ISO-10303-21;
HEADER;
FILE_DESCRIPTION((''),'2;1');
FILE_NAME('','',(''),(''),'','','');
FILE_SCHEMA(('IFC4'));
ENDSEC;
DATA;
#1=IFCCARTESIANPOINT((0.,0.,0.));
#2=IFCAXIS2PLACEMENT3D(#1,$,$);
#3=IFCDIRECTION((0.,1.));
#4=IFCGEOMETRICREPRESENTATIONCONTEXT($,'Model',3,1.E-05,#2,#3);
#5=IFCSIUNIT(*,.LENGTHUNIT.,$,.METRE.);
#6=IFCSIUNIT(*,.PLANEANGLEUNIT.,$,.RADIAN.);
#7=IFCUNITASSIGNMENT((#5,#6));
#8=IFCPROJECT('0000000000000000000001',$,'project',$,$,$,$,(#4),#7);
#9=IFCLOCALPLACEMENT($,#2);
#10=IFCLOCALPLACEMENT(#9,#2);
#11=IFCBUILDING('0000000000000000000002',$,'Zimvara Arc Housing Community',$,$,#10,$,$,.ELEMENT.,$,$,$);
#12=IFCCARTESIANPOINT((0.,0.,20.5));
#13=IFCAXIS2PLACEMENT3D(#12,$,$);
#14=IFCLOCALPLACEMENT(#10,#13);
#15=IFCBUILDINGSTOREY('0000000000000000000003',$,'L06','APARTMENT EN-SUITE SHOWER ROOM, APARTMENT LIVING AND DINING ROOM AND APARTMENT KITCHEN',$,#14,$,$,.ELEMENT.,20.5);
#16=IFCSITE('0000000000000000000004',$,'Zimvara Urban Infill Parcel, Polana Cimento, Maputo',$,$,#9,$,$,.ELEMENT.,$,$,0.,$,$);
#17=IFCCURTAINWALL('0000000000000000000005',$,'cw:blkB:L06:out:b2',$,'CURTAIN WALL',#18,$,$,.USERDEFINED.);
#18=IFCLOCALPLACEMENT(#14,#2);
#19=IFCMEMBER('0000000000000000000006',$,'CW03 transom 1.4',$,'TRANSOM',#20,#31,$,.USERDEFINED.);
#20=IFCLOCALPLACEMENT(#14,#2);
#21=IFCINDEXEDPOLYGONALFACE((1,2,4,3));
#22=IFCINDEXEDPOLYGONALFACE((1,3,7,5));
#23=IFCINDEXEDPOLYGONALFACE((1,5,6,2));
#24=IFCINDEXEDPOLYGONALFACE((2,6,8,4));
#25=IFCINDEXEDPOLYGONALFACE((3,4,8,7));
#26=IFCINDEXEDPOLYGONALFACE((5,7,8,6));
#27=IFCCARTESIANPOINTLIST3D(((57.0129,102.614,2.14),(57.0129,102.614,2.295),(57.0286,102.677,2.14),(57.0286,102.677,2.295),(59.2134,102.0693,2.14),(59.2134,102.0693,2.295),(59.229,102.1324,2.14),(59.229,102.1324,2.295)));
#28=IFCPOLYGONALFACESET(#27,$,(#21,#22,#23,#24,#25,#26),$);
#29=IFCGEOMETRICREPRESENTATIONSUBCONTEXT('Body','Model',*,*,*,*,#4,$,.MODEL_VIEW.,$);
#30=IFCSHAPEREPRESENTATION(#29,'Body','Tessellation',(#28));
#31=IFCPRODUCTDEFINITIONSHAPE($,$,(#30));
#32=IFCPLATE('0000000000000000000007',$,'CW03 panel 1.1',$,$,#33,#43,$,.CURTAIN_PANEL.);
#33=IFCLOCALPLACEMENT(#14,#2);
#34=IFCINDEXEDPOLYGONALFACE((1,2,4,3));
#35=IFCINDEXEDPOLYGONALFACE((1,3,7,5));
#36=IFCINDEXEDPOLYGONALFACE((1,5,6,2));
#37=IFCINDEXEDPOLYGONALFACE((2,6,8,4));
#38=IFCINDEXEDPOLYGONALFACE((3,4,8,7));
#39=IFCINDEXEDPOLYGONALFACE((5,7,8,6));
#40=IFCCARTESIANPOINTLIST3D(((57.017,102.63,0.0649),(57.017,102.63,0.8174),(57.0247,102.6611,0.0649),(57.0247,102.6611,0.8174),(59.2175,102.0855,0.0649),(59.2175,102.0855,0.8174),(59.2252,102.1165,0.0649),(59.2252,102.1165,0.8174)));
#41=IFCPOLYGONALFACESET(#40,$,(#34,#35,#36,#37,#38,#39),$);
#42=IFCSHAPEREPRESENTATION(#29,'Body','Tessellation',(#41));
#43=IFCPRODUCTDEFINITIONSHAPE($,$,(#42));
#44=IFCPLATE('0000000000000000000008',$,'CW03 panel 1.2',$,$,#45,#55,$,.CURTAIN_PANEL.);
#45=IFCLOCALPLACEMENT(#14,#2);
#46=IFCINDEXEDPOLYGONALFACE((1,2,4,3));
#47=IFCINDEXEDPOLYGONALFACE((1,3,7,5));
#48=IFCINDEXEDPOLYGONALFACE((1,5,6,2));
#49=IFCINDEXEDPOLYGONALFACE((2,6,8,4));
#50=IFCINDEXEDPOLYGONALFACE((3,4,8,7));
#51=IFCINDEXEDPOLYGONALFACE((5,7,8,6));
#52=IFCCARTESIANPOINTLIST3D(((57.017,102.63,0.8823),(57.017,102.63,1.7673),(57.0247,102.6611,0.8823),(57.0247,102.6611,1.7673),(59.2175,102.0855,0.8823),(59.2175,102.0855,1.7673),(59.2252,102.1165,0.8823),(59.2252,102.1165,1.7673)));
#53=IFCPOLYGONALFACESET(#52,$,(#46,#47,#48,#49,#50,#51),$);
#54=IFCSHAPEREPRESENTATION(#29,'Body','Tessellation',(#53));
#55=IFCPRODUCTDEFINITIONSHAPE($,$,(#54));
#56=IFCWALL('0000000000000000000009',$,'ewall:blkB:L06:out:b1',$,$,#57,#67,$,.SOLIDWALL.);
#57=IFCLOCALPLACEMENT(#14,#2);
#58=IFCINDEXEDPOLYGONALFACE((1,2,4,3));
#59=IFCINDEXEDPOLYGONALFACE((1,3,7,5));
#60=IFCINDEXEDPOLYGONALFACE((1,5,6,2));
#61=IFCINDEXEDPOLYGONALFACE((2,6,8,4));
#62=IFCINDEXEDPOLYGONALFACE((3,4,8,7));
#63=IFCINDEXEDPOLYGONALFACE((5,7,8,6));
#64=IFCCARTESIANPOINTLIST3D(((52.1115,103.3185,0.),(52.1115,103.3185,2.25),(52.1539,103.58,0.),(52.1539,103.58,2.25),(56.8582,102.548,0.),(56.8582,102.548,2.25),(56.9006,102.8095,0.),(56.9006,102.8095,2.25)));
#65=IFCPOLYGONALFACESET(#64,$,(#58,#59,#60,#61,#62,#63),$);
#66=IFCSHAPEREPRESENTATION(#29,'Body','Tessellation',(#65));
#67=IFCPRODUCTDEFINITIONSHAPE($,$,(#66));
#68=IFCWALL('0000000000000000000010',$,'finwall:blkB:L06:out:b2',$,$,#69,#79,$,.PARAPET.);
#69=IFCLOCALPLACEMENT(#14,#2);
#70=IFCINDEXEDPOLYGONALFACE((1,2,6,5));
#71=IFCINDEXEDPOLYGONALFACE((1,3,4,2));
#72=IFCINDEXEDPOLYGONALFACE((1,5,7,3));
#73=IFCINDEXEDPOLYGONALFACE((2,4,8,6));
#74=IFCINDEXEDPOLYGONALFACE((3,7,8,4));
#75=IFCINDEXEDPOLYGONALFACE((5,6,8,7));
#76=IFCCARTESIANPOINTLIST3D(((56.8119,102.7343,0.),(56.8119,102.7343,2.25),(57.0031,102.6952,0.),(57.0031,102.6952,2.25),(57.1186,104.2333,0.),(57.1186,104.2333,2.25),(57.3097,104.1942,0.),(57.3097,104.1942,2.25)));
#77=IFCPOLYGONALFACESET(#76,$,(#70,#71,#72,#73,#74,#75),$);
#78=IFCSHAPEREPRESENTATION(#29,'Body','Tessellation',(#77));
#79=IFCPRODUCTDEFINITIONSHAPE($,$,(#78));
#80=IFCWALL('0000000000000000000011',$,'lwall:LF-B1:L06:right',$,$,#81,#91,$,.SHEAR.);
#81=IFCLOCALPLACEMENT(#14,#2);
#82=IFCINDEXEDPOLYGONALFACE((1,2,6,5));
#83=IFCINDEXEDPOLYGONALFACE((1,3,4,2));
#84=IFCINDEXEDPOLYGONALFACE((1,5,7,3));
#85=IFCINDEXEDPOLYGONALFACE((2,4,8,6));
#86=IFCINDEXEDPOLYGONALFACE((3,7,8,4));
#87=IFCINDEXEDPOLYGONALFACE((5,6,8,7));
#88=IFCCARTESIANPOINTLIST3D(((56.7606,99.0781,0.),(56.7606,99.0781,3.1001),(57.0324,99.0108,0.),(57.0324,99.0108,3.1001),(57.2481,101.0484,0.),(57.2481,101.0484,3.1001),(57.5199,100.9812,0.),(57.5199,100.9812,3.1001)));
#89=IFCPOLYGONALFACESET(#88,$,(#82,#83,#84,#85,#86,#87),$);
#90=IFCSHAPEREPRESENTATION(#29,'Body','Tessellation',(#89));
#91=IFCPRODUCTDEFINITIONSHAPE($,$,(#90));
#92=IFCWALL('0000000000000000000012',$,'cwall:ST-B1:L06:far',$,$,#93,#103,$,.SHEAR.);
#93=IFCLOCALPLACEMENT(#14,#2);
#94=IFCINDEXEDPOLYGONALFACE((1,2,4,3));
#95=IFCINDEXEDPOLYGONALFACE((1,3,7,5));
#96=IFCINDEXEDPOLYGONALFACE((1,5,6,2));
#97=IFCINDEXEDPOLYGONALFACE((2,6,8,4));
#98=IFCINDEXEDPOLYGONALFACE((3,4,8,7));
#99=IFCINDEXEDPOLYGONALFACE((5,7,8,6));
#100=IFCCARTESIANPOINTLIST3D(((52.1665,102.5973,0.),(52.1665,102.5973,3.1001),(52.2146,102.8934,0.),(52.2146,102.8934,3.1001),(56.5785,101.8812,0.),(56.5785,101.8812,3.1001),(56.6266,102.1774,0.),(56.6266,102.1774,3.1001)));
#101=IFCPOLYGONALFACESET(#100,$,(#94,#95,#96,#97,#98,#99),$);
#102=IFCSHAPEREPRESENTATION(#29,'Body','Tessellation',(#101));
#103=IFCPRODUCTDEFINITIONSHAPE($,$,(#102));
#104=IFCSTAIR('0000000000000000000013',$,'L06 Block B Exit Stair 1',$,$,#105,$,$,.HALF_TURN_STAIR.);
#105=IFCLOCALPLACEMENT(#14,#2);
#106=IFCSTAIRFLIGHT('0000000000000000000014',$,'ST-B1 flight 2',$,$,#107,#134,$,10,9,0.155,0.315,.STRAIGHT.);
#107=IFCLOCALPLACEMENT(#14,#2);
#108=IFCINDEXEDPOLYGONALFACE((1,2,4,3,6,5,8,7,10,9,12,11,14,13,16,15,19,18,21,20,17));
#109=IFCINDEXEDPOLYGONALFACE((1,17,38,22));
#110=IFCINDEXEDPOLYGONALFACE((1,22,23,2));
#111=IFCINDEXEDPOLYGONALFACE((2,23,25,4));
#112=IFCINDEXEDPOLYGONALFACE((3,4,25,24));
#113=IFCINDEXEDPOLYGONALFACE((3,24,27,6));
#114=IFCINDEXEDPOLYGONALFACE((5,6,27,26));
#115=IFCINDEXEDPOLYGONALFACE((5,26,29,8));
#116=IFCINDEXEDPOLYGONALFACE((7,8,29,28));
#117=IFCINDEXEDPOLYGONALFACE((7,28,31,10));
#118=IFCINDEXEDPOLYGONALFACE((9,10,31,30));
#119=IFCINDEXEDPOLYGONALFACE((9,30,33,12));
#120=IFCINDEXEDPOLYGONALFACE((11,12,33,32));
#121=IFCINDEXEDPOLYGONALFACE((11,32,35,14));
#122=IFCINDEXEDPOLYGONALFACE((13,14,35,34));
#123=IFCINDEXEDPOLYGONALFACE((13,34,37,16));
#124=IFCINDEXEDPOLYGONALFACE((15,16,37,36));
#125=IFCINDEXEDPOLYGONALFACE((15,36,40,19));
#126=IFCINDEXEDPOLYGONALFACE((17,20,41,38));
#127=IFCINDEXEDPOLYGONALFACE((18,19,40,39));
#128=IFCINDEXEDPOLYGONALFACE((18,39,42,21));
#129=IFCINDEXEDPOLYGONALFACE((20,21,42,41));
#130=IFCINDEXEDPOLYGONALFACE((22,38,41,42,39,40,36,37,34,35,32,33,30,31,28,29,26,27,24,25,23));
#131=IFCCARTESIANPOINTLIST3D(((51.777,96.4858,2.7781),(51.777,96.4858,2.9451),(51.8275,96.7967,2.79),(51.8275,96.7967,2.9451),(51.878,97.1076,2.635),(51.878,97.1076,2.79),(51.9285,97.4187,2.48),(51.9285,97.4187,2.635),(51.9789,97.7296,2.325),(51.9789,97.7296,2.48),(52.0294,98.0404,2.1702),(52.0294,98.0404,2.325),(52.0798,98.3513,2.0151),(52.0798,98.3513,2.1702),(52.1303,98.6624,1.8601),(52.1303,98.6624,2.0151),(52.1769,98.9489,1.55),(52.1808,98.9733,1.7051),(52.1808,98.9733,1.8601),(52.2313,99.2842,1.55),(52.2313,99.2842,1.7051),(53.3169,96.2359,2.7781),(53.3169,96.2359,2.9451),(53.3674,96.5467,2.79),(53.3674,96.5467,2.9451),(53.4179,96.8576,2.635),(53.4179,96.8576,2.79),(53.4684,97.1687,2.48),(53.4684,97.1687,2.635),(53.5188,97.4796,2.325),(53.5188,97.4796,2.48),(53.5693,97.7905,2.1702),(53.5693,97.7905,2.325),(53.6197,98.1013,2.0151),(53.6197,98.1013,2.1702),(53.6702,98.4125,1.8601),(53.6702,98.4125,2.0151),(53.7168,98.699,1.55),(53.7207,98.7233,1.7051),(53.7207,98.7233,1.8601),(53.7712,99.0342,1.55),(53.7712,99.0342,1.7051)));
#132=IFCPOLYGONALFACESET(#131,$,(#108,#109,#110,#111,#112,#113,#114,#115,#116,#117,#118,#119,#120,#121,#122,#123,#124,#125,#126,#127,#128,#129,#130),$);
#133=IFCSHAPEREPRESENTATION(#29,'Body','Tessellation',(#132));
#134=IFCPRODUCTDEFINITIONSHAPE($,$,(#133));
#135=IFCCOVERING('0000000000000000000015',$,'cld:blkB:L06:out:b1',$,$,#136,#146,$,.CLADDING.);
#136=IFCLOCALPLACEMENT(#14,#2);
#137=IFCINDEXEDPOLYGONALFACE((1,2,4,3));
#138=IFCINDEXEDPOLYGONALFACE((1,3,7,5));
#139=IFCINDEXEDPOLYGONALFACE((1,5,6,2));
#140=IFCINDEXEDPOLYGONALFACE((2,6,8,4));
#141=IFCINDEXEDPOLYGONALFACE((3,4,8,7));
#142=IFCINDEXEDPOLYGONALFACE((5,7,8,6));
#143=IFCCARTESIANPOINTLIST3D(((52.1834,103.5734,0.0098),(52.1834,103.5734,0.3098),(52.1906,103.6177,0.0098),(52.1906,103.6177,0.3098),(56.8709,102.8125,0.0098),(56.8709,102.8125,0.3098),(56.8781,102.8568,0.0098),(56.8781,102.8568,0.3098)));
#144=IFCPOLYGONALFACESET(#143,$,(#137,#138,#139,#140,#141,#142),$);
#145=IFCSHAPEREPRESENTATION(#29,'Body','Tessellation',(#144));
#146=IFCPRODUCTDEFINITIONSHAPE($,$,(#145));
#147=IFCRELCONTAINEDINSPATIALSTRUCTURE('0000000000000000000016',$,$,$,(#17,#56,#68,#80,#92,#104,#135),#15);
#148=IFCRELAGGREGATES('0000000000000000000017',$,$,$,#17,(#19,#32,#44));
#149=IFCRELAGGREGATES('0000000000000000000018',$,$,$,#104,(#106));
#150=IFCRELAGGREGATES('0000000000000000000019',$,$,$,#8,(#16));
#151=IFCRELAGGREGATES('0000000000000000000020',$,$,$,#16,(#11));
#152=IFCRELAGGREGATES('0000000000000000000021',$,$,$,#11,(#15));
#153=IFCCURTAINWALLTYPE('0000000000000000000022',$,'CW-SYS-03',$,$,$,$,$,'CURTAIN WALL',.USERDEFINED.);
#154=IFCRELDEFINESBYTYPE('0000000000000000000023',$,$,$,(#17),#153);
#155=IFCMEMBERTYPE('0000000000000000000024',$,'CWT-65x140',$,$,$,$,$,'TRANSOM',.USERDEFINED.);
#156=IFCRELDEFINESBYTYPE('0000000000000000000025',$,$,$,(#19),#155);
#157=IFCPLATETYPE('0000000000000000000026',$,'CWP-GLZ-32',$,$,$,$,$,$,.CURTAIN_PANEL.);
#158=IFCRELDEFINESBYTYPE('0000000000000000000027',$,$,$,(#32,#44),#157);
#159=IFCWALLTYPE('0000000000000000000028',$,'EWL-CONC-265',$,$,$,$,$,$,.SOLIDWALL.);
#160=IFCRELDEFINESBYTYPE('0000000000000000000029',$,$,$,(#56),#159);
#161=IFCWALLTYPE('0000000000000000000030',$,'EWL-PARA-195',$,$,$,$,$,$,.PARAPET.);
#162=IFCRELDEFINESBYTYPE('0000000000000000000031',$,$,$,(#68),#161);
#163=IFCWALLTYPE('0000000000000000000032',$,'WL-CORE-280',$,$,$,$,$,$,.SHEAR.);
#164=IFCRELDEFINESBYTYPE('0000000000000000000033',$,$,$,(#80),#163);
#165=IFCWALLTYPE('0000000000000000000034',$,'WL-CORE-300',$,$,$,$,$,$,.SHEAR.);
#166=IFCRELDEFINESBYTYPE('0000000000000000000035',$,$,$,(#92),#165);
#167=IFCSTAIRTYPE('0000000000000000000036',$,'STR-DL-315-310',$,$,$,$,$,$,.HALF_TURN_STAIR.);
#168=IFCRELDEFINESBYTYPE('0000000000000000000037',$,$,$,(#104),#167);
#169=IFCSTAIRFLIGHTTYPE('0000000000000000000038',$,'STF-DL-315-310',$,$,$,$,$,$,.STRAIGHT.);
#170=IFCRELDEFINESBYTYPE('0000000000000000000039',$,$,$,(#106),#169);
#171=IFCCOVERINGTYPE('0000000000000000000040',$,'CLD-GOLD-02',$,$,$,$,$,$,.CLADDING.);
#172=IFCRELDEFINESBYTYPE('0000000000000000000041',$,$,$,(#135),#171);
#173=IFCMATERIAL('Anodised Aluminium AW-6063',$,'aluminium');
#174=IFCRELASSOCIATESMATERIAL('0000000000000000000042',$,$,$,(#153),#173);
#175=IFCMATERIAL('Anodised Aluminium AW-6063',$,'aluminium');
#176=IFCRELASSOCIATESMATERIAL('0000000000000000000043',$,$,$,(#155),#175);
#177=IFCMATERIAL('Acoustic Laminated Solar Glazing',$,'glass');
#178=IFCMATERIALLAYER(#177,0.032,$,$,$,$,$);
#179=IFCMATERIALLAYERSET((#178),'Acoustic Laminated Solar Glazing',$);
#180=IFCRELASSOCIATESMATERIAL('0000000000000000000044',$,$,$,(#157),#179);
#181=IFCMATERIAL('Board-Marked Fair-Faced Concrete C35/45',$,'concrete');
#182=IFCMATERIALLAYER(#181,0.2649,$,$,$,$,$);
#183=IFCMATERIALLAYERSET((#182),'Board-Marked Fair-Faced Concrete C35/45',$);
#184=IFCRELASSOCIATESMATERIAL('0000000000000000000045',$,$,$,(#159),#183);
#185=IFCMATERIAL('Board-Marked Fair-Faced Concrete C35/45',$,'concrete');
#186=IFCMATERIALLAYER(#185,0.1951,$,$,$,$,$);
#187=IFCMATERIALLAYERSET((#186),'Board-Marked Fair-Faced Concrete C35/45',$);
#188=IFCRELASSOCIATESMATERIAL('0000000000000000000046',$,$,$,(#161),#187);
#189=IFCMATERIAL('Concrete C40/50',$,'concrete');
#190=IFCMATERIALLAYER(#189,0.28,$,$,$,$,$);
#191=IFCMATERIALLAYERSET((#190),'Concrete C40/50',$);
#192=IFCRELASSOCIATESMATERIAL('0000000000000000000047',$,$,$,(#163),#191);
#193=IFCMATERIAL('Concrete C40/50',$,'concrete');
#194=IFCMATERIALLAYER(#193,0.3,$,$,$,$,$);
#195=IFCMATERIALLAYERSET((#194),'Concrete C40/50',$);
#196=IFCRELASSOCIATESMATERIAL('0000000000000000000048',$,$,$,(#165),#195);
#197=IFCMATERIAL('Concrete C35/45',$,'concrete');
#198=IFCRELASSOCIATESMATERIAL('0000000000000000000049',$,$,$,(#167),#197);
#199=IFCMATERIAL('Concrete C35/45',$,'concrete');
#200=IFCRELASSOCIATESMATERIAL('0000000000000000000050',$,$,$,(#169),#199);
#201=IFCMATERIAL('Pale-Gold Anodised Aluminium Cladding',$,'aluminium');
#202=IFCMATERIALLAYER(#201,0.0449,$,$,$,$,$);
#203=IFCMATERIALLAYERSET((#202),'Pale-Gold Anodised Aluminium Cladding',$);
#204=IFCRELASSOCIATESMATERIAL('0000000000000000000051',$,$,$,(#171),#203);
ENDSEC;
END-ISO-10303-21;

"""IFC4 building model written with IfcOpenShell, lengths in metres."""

from ifc_helpers import new_model, si_unit, direction, frame, frame_2d, origin, origin_2d, place, context, subcontext, project, spatial, polyline, rectangle, outline, extrude, material, layer, layer_set, material_profile, profile_set, type_object, element, aggregate, save


model = new_model("IFC4")

# Units and contexts
model_context = context("Model", 3, precision=1e-05, world=origin(), true_north=direction((0.0, 1.0)))
body_context = subcontext(model_context, "Body", "Model", "MODEL_VIEW")
ifc_project = project(units=[si_unit("LENGTHUNIT", "METRE"), si_unit("PLANEANGLEUNIT", "RADIAN")], contexts=[model_context])

# Site, building, storey
site_placement = place(None, origin())
site = spatial("IfcSite", under=ifc_project, at=site_placement, Name="Zimvara Urban Infill Parcel, Polana Cimento, Maputo", CompositionType="ELEMENT", RefElevation=0.0)
building_placement = place(site_placement, origin())
building = spatial("IfcBuilding", under=site, at=building_placement, Name="Zimvara Arc Housing Community", CompositionType="ELEMENT")
storey_placement = place(building_placement, frame((0.0, 0.0, 20.5)))
storey = spatial("IfcBuildingStorey", under=building, at=storey_placement, Name="L06", Description="APARTMENT EN-SUITE SHOWER ROOM, APARTMENT LIVING AND DINING ROOM AND APARTMENT KITCHEN", CompositionType="ELEMENT", Elevation=20.5)

# Curtain wall, member, plates
ifc_material_1 = material(Name="Anodised Aluminium AW-6063", Category="aluminium")
curtain_wall_type_1 = type_object("IfcCurtainWallType", Name="CW-SYS-03", ElementType="CURTAIN WALL", PredefinedType="USERDEFINED", material=ifc_material_1)
curtain_wall_1_placement = place(storey_placement, origin())
curtain_wall_1 = element("IfcCurtainWall", 1, at=curtain_wall_1_placement, inside=storey, type_object=curtain_wall_type_1, Name="cw:blkB:L06:out:b2", ObjectType="CURTAIN WALL", PredefinedType="USERDEFINED")
ifc_material_2 = material(Name="Anodised Aluminium AW-6063", Category="aluminium")
ifc_material_profile_1 = material_profile(ifc_material_2, rectangle(XDim=0.0649, YDim=0.155, at=origin_2d()), Name="ALU 65x155")
ifc_profile_set_1 = profile_set([ifc_material_profile_1], Name="Anodised Aluminium AW-6063")
member_type_1 = type_object("IfcMemberType", Name="CWT-65x140", ElementType="TRANSOM", PredefinedType="USERDEFINED", material=ifc_profile_set_1)
member_1_placement = place(storey_placement, frame((57.0208, 102.6455, 2.2175), z_axis=(0.970704, -0.24028, 0.0), x_axis=(0.24028, 0.970704, 0.0)))
member_1 = element("IfcMember", 2, at=member_1_placement, type_object=member_type_1, Name="CW03 transom 1.4", ObjectType="TRANSOM", PredefinedType="USERDEFINED", context=body_context, shape_type="SweptSolid", body=[
    extrude(rectangle(XDim=0.0649, YDim=0.155, at=origin_2d()), origin(), (0.0, 0.0, 1.0), 2.2668),
])
ifc_material_3 = material(Name="Acoustic Laminated Solar Glazing", Category="glass")
ifc_layer_1 = layer(ifc_material_3, 0.032)
ifc_layer_set_1 = layer_set([ifc_layer_1], Name="Acoustic Laminated Solar Glazing")
plate_type = type_object("IfcPlateType", Name="CWP-GLZ-32", PredefinedType="CURTAIN_PANEL", material=ifc_layer_set_1)
plate_1_placement = place(storey_placement, frame((58.1211, 102.3733, 0.0649), z_axis=(0.0, 0.0, 1.0), x_axis=(0.970716, -0.24023, 0.0)))
plate_1 = element("IfcPlate", 3, at=plate_1_placement, type_object=plate_type, Name="CW03 panel 1.1", PredefinedType="CURTAIN_PANEL", context=body_context, shape_type="SweptSolid", body=[
    extrude(rectangle(XDim=2.2668, YDim=0.032, at=origin_2d()), origin(), (0.0, 0.0, 1.0), 0.7524),
])
plate_2_placement = place(storey_placement, frame((58.1211, 102.3733, 0.8823), z_axis=(0.0, 0.0, 1.0), x_axis=(0.970716, -0.24023, 0.0)))
plate_2 = element("IfcPlate", 4, at=plate_2_placement, type_object=plate_type, Name="CW03 panel 1.2", PredefinedType="CURTAIN_PANEL", context=body_context, shape_type="SweptSolid", body=[
    extrude(rectangle(XDim=2.2668, YDim=0.032, at=origin_2d()), origin(), (0.0, 0.0, 1.0), 0.885),
])
aggregate(curtain_wall_1, [member_1, plate_1, plate_2])

# Walls
ifc_material_4 = material(Name="Board-Marked Fair-Faced Concrete C35/45", Category="concrete")
ifc_layer_2 = layer(ifc_material_4, 0.2649)
ifc_layer_set_2 = layer_set([ifc_layer_2], Name="Board-Marked Fair-Faced Concrete C35/45")
wall_type_1 = type_object("IfcWallType", Name="EWL-CONC-265", PredefinedType="SOLIDWALL", material=ifc_layer_set_2)
wall_1_placement = place(storey_placement, frame((52.1328, 103.4492, 0.0), z_axis=(0.0, 0.0, 1.0), x_axis=(0.987081, -0.160224, 0.0)))
element("IfcWall", 5, at=wall_1_placement, inside=storey, type_object=wall_type_1, Name="ewall:blkB:L06:out:b1", PredefinedType="SOLIDWALL", context=body_context, shape_type="SweptSolid", body=[
    extrude(rectangle(XDim=4.8088, YDim=0.2649, at=frame_2d((2.4043, 0.0))), origin(), (0.0, 0.0, 1.0), 2.25),
])
ifc_material_5 = material(Name="Board-Marked Fair-Faced Concrete C35/45", Category="concrete")
ifc_layer_3 = layer(ifc_material_5, 0.1951)
ifc_layer_set_3 = layer_set([ifc_layer_3], Name="Board-Marked Fair-Faced Concrete C35/45")
wall_type_2 = type_object("IfcWallType", Name="EWL-PARA-195", PredefinedType="PARAPET", material=ifc_layer_set_3)
wall_2_placement = place(storey_placement, frame((56.9075, 102.7146, 0.0), z_axis=(0.0, 0.0, 1.0), x_axis=(0.20041, 0.979712, 0.0)))
element("IfcWall", 6, at=wall_2_placement, inside=storey, type_object=wall_type_2, Name="finwall:blkB:L06:out:b2", PredefinedType="PARAPET", context=body_context, shape_type="SweptSolid", body=[
    extrude(rectangle(XDim=1.53, YDim=0.1951, at=frame_2d((0.7651, 0.0))), origin(), (0.0, 0.0, 1.0), 2.25),
])
ifc_material_6 = material(Name="Concrete C40/50", Category="concrete")
ifc_layer_4 = layer(ifc_material_6, 0.28)
ifc_layer_set_4 = layer_set([ifc_layer_4], Name="Concrete C40/50")
wall_type_3 = type_object("IfcWallType", Name="WL-CORE-280", PredefinedType="SHEAR", material=ifc_layer_set_4)
wall_3_placement = place(storey_placement, frame((56.8965, 99.0444, 0.0), z_axis=(0.0, 0.0, 1.0), x_axis=(0.240186, 0.970727, 0.0)))
element("IfcWall", 7, at=wall_3_placement, inside=storey, type_object=wall_type_3, Name="lwall:LF-B1:L06:right", PredefinedType="SHEAR", context=body_context, shape_type="SweptSolid", body=[
    extrude(rectangle(XDim=2.0298, YDim=0.28, at=frame_2d((1.0149, 0.0))), origin(), (0.0, 0.0, 1.0), 3.1001),
])
ifc_material_7 = material(Name="Concrete C40/50", Category="concrete")
ifc_layer_5 = layer(ifc_material_7, 0.3)
ifc_layer_set_5 = layer_set([ifc_layer_5], Name="Concrete C40/50")
wall_type_4 = type_object("IfcWallType", Name="WL-CORE-300", PredefinedType="SHEAR", material=ifc_layer_set_5)
wall_4_placement = place(storey_placement, frame((56.6025, 102.0293, 0.0), z_axis=(0.0, 0.0, 1.0), x_axis=(-0.987085, 0.160199, 0.0)))
element("IfcWall", 8, at=wall_4_placement, inside=storey, type_object=wall_type_4, Name="cwall:ST-B1:L06:far", PredefinedType="SHEAR", context=body_context, shape_type="SweptSolid", body=[
    extrude(rectangle(XDim=4.4697, YDim=0.3, at=frame_2d((2.2349, 0.0))), origin(), (0.0, 0.0, 1.0), 3.1001),
])

# Stair, stair flight
ifc_material_8 = material(Name="Concrete C35/45", Category="concrete")
stair_type = type_object("IfcStairType", Name="STR-DL-315-310", PredefinedType="HALF_TURN_STAIR", material=ifc_material_8)
stair_placement = place(storey_placement, origin())
stair = element("IfcStair", 9, at=stair_placement, inside=storey, type_object=stair_type, Name="L06 Block B Exit Stair 1", PredefinedType="HALF_TURN_STAIR")
ifc_material_9 = material(Name="Concrete C35/45", Category="concrete")
stair_flight_type = type_object("IfcStairFlightType", Name="STF-DL-315-310", PredefinedType="STRAIGHT", material=ifc_material_9)
stair_flight_placement = place(storey_placement, frame((53.0012, 99.1592, 1.55), z_axis=(0.0, 0.0, 1.0), x_axis=(-0.160226, -0.98708, 0.0)))
stair_flight = element("IfcStairFlight", 10, at=stair_flight_placement, type_object=stair_flight_type, Name="ST-B1 flight 2", NumberOfRisers=10, NumberOfTreads=9, PredefinedType="STRAIGHT", RiserHeight=0.155, TreadLength=0.315, context=body_context, shape_type="SweptSolid", body=[
    extrude(outline(polyline([(0.0, 0.0), (0.0, 0.155), (0.3149, 0.155), (0.3149, 0.3101), (0.6299, 0.3101), (0.6299, 0.4651), (0.9451, 0.4651), (0.9451, 0.6201), (1.26, 0.6201), (1.26, 0.7749), (1.575, 0.7749), (1.575, 0.9299), (1.8899, 0.9299), (1.8899, 1.085), (2.2051, 1.085), (2.2051, 1.24), (2.52, 1.24), (2.52, 1.395), (2.835, 1.395), (2.835, 1.55), (2.835, 1.228), (0.3396, 0.0), (0.0, 0.0)])), frame((0.0, 0.78, 0.0), z_axis=(0.0, -1.0, 0.0), x_axis=(1.0, 0.0, 0.0)), (0.0, 0.0, 1.0), 1.5601),
])
aggregate(stair, [stair_flight])

# Covering
ifc_material_10 = material(Name="Pale-Gold Anodised Aluminium Cladding", Category="aluminium")
ifc_layer_6 = layer(ifc_material_10, 0.0449)
ifc_layer_set_6 = layer_set([ifc_layer_6], Name="Pale-Gold Anodised Aluminium Cladding")
covering_type = type_object("IfcCoveringType", Name="CLD-GOLD-02", PredefinedType="CLADDING", material=ifc_layer_set_6)
covering_placement = place(storey_placement, frame((54.5308, 103.2151, 0.0098), z_axis=(0.0, 0.0, 1.0), x_axis=(0.98708, -0.160226, 0.0)))
element("IfcCovering", 11, at=covering_placement, inside=storey, type_object=covering_type, Name="cld:blkB:L06:out:b1", PredefinedType="CLADDING", context=body_context, shape_type="SweptSolid", body=[
    extrude(rectangle(XDim=4.7488, YDim=0.0449, at=origin_2d()), origin(), (0.0, 0.0, 1.0), 0.3),
])

save(model, "model.ifc")
